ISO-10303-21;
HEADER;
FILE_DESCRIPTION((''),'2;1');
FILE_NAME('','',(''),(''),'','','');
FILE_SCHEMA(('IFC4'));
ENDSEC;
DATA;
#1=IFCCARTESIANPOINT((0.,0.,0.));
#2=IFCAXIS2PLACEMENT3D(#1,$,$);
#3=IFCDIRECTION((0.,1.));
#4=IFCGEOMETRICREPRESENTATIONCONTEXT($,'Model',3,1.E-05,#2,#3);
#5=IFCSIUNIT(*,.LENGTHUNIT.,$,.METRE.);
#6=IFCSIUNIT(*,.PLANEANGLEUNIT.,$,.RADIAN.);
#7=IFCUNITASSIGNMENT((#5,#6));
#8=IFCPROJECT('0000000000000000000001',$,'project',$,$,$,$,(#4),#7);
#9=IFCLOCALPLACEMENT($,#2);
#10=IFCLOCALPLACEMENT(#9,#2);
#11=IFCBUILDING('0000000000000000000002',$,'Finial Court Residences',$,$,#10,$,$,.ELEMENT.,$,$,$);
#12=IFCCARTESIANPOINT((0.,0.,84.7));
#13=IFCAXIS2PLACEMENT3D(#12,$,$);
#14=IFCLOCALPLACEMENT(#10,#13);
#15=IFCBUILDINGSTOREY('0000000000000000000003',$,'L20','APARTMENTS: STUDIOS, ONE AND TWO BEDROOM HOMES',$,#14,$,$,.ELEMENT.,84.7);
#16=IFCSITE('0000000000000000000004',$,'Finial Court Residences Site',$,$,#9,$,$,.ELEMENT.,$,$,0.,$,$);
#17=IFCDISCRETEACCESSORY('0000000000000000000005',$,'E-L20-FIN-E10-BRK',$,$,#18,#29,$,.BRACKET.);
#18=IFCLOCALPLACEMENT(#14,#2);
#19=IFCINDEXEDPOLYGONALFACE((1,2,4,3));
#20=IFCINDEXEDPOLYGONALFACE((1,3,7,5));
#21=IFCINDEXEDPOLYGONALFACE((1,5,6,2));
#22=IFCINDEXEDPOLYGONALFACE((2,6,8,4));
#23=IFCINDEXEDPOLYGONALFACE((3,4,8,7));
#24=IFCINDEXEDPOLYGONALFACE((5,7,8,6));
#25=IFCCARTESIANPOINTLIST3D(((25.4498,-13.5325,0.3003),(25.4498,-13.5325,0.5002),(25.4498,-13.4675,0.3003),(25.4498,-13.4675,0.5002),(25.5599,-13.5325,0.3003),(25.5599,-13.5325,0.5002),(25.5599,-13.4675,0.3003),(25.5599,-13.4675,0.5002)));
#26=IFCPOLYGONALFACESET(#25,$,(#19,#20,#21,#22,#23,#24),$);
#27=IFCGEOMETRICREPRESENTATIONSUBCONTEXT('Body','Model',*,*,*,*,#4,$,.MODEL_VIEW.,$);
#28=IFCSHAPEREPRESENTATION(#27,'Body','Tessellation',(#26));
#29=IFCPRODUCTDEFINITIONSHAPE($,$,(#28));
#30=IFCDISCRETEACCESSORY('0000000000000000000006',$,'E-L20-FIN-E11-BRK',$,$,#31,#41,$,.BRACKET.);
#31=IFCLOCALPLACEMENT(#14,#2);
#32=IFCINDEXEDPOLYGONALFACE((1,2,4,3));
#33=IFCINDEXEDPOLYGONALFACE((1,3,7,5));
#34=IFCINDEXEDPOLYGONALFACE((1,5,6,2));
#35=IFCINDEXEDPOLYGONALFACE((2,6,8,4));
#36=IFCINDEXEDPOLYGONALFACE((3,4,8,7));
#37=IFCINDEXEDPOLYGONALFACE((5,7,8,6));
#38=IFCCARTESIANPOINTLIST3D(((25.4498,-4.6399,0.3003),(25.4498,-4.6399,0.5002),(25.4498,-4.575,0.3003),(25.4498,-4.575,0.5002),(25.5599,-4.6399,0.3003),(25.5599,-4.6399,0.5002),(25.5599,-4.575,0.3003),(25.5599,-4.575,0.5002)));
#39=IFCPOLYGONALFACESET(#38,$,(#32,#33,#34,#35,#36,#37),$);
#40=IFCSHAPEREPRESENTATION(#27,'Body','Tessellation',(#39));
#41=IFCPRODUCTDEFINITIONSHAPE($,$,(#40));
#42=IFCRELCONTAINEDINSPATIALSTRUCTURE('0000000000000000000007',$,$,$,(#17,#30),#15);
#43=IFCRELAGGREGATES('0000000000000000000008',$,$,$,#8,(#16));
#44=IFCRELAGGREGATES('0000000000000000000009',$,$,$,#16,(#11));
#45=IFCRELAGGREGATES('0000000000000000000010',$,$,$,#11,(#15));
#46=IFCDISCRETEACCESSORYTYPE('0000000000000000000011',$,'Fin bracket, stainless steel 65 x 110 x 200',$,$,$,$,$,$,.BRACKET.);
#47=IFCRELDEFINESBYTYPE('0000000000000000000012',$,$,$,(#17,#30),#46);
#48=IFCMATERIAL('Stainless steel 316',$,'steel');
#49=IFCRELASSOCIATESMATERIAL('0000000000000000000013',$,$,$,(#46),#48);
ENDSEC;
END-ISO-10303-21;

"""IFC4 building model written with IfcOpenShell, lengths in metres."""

from ifc_helpers import new_model, si_unit, direction, frame, origin, origin_2d, place, context, subcontext, project, spatial, rectangle, extrude, material, type_object, element, save


model = new_model("IFC4")

# Units and contexts
model_context = context("Model", 3, precision=1e-05, world=origin(), true_north=direction((0.0, 1.0)))
body_context = subcontext(model_context, "Body", "Model", "MODEL_VIEW")
ifc_project = project(units=[si_unit("LENGTHUNIT", "METRE"), si_unit("PLANEANGLEUNIT", "RADIAN")], contexts=[model_context])

# Site, building, storey
site_placement = place(None, origin())
site = spatial("IfcSite", under=ifc_project, at=site_placement, Name="Finial Court Residences Site", CompositionType="ELEMENT", RefElevation=0.0)
building_placement = place(site_placement, origin())
building = spatial("IfcBuilding", under=site, at=building_placement, Name="Finial Court Residences", CompositionType="ELEMENT")
storey_placement = place(building_placement, frame((0.0, 0.0, 84.7)))
storey = spatial("IfcBuildingStorey", under=building, at=storey_placement, Name="L20", Description="APARTMENTS: STUDIOS, ONE AND TWO BEDROOM HOMES", CompositionType="ELEMENT", Elevation=84.7)

# Discrete accessories
ifc_material_1 = material(Name="Stainless steel 316", Category="steel")
discrete_accessory_type = type_object("IfcDiscreteAccessoryType", Name="Fin bracket, stainless steel 65 x 110 x 200", PredefinedType="BRACKET", material=ifc_material_1)
for number, where, z_axis, x_axis, name in (
    (1, (25.5049, -13.5, 0.3003), (0.0, 0.0, 1.0), (1.0, 0.0, 0.0), "E-L20-FIN-E10-BRK"),
    (2, (25.5049, -4.6074, 0.3003), (0.0, 0.0, 1.0), (1.0, 0.0, 0.0), "E-L20-FIN-E11-BRK"),
):
    element("IfcDiscreteAccessory", number, at=place(storey_placement, frame(where, z_axis=z_axis, x_axis=x_axis)), inside=storey, type_object=discrete_accessory_type, Name=name, PredefinedType="BRACKET", context=body_context, shape_type="SweptSolid", body=[
        extrude(rectangle(XDim=0.1101, YDim=0.0649, at=origin_2d()), origin(), (0.0, 0.0, 1.0), 0.2),
    ])

save(model, "model.ifc")
